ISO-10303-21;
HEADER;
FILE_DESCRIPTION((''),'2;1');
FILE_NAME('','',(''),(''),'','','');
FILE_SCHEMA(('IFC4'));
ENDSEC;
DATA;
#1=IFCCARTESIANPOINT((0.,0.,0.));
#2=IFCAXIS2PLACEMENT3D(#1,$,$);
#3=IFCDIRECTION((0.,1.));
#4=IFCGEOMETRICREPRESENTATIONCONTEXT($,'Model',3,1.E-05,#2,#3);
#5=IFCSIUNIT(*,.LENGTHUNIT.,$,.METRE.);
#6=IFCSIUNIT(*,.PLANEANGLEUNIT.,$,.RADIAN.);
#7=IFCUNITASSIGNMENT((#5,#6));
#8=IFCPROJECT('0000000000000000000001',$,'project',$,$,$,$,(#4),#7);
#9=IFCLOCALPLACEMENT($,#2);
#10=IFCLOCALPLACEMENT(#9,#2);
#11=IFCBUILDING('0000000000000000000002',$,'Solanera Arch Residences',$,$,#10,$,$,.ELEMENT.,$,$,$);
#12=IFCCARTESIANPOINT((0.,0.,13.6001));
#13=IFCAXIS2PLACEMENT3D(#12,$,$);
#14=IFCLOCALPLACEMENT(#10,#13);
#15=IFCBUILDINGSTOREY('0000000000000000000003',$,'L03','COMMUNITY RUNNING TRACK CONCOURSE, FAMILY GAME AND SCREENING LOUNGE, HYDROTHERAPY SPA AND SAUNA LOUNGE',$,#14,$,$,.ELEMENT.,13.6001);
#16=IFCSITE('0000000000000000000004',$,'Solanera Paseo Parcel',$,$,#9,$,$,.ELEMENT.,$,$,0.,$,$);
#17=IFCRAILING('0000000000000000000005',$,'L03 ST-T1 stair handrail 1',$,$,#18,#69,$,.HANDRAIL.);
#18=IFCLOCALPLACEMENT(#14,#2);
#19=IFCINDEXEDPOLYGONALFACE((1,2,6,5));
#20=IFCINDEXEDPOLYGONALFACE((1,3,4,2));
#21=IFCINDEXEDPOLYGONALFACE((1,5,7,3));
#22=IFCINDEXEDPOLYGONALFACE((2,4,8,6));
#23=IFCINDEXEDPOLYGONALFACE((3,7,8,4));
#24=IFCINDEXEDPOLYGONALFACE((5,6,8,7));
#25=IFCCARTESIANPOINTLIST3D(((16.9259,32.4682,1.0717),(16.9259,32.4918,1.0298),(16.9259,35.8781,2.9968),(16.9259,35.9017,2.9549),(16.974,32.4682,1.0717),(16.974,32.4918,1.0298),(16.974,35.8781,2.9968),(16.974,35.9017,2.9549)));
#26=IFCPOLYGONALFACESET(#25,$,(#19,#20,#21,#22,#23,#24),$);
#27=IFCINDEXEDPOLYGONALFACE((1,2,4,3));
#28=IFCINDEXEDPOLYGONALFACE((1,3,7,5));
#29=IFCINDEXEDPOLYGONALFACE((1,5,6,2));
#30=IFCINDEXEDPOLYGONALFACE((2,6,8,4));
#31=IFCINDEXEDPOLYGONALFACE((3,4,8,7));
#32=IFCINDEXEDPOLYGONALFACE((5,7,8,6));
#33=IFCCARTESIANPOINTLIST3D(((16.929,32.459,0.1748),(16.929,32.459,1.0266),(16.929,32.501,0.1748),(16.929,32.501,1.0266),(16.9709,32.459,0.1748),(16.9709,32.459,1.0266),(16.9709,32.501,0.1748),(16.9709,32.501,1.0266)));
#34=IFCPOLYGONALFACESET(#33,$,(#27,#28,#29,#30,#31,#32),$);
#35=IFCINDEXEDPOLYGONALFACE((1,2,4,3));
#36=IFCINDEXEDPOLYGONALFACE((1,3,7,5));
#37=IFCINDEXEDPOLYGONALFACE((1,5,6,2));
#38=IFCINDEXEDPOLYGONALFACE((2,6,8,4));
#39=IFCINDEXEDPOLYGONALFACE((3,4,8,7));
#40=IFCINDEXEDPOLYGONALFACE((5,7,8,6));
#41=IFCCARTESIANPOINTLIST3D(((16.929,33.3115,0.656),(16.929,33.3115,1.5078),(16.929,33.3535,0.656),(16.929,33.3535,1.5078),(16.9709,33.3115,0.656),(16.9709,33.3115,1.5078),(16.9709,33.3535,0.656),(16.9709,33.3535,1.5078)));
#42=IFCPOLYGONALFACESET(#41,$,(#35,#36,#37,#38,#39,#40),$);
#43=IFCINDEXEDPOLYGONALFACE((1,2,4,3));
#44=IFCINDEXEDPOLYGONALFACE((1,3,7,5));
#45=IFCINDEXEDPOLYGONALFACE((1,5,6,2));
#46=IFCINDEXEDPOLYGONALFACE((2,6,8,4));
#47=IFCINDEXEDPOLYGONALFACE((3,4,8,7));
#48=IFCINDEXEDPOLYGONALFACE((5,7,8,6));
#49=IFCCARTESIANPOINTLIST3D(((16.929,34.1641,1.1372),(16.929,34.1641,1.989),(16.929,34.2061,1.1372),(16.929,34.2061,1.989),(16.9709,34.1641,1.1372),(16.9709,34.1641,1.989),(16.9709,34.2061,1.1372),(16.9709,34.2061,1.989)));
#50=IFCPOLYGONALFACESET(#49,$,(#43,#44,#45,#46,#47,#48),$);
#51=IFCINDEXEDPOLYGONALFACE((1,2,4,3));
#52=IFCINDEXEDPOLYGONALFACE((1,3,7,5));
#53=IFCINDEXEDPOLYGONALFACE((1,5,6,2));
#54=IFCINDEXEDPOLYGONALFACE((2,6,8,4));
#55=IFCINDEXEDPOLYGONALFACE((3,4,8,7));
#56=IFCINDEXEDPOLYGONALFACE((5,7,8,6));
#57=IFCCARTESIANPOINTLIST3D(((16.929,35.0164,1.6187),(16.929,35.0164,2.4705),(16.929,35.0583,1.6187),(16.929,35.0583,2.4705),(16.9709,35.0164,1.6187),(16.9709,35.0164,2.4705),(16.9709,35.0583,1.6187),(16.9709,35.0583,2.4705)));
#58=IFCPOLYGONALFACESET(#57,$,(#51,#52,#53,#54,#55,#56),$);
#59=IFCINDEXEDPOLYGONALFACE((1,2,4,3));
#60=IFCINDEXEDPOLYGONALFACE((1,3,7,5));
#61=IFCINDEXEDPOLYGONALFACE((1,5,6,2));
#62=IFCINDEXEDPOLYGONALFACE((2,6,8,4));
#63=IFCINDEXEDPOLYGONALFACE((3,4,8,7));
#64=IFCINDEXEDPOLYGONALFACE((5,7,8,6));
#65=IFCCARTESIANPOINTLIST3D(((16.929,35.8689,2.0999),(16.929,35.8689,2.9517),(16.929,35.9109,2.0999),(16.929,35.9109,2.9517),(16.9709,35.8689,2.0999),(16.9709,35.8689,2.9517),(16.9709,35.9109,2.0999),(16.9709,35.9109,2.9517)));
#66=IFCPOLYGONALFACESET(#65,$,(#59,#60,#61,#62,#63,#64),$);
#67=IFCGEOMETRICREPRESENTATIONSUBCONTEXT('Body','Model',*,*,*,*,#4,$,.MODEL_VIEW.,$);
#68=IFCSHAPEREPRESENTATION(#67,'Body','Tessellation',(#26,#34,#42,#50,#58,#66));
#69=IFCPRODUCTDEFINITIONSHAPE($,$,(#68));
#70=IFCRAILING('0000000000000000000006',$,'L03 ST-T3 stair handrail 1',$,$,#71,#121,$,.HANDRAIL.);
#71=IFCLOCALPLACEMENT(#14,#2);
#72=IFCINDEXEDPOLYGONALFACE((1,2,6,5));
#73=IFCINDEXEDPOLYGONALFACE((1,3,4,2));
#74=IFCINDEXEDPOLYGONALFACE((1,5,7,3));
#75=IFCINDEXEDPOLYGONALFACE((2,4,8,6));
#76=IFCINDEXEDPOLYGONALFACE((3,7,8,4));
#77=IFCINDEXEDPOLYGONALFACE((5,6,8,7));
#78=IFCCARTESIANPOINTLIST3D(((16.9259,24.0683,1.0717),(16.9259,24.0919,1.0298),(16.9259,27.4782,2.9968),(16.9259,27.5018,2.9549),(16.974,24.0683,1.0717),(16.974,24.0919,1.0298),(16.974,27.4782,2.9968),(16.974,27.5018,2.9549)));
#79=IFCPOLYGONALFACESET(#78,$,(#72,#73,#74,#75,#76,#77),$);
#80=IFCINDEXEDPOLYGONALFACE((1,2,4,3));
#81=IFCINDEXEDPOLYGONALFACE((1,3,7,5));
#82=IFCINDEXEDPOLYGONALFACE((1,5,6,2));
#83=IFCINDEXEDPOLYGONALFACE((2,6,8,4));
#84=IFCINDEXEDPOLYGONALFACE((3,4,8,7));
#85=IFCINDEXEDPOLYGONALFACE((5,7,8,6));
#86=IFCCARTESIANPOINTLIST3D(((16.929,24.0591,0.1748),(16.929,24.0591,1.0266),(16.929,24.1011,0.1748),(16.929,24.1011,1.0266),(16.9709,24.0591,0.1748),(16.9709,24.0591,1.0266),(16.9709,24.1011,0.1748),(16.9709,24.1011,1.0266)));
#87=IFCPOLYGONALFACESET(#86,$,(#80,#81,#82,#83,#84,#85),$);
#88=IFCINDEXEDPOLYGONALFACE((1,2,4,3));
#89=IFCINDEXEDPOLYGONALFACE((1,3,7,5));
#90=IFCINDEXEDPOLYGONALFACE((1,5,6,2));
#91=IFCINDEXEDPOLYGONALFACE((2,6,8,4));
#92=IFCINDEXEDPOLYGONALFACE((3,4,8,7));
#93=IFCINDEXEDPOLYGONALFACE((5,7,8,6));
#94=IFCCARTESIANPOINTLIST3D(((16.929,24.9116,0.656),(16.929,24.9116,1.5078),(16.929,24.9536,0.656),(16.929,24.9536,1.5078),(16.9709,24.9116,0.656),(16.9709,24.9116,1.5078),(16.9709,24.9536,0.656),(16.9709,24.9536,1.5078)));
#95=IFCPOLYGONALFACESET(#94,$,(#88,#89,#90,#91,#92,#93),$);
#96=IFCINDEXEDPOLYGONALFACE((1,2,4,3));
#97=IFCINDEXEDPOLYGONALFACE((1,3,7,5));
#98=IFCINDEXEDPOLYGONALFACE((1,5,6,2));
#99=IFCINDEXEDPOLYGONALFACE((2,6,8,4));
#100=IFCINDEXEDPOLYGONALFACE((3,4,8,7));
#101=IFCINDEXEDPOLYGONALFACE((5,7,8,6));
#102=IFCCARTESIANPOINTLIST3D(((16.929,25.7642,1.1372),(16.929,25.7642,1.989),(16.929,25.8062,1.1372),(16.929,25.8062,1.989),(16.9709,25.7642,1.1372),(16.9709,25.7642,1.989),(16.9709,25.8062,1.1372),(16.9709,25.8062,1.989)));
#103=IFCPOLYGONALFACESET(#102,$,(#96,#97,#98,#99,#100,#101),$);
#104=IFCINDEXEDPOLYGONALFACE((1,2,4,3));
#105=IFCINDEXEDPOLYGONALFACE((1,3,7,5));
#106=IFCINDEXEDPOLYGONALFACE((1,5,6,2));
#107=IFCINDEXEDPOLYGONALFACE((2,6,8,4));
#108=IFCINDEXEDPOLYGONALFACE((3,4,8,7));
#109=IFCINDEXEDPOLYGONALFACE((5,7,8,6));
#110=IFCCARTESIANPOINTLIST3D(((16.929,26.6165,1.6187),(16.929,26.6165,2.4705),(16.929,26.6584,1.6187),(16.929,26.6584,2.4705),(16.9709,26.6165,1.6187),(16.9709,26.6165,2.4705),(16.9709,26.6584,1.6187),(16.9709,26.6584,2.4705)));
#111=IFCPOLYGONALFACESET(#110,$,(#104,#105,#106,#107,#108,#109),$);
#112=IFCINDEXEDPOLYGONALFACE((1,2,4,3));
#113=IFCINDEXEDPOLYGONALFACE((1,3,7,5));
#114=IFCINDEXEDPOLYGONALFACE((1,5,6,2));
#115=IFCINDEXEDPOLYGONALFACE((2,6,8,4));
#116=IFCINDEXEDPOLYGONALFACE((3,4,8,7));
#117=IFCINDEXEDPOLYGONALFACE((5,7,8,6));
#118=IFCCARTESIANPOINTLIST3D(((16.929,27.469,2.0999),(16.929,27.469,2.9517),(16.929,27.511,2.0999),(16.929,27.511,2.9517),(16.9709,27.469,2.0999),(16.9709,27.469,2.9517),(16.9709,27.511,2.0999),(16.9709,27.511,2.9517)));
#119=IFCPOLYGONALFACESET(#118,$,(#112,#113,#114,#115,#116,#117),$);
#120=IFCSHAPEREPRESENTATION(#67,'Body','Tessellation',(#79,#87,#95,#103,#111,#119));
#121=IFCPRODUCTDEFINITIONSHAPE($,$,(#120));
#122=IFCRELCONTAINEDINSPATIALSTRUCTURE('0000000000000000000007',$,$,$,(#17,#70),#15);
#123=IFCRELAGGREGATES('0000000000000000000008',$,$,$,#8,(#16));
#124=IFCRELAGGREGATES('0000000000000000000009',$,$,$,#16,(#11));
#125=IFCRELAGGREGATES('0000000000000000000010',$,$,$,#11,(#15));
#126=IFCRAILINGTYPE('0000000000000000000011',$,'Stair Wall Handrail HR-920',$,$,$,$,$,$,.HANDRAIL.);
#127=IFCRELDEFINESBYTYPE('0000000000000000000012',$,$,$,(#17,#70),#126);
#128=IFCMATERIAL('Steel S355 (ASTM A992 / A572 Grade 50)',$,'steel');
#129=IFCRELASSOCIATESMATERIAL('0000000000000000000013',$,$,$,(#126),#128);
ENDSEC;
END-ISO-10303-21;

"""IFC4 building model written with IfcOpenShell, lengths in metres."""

from ifc_helpers import new_model, si_unit, direction, frame, origin, origin_2d, place, context, subcontext, project, spatial, rectangle, extrude, material, type_object, element, save


model = new_model("IFC4")

# Units and contexts
model_context = context("Model", 3, precision=1e-05, world=origin(), true_north=direction((0.0, 1.0)))
body_context = subcontext(model_context, "Body", "Model", "MODEL_VIEW")
ifc_project = project(units=[si_unit("LENGTHUNIT", "METRE"), si_unit("PLANEANGLEUNIT", "RADIAN")], contexts=[model_context])

# Site, building, storey
site_placement = place(None, origin())
site = spatial("IfcSite", under=ifc_project, at=site_placement, Name="Solanera Paseo Parcel", CompositionType="ELEMENT", RefElevation=0.0)
building_placement = place(site_placement, origin())
building = spatial("IfcBuilding", under=site, at=building_placement, Name="Solanera Arch Residences", CompositionType="ELEMENT")
storey_placement = place(building_placement, frame((0.0, 0.0, 13.6001)))
storey = spatial("IfcBuildingStorey", under=building, at=storey_placement, Name="L03", Description="COMMUNITY RUNNING TRACK CONCOURSE, FAMILY GAME AND SCREENING LOUNGE, HYDROTHERAPY SPA AND SAUNA LOUNGE", CompositionType="ELEMENT", Elevation=13.6001)

# Railings
ifc_material_1 = material(Name="Steel S355 (ASTM A992 / A572 Grade 50)", Category="steel")
railing_type_1 = type_object("IfcRailingType", Name="Stair Wall Handrail HR-920", PredefinedType="HANDRAIL", material=ifc_material_1)
for number, where, name in (
    (1, (16.95, 32.48, 0.1748), "L03 ST-T1 stair handrail 1"),
    (2, (16.95, 24.0801, 0.1748), "L03 ST-T3 stair handrail 1"),
):
    element("IfcRailing", number, at=place(storey_placement, frame(where)), inside=storey, type_object=railing_type_1, Name=name, PredefinedType="HANDRAIL", context=body_context, shape_type="SweptSolid", body=[
        extrude(rectangle(XDim=0.0481, YDim=0.0481, at=origin_2d()), frame((0.0, 0.0, 0.876), z_axis=(0.0, 0.870814, 0.491613), x_axis=(-1.0, 0.0, 0.0)), (0.0, 0.0, 1.0), 3.9158),
        extrude(rectangle(XDim=0.042, YDim=0.042, at=origin_2d()), origin(), (0.0, 0.0, 1.0), 0.8518),
        extrude(rectangle(XDim=0.042, YDim=0.042, at=origin_2d()), frame((0.0, 0.8525, 0.4812)), (0.0, 0.0, 1.0), 0.8518),
        extrude(rectangle(XDim=0.042, YDim=0.042, at=origin_2d()), frame((0.0, 1.7051, 0.9624)), (0.0, 0.0, 1.0), 0.8518),
        extrude(rectangle(XDim=0.042, YDim=0.042, at=origin_2d()), frame((0.0, 2.5574, 1.4438)), (0.0, 0.0, 1.0), 0.8518),
        extrude(rectangle(XDim=0.042, YDim=0.042, at=origin_2d()), frame((0.0, 3.4099, 1.925)), (0.0, 0.0, 1.0), 0.8518),
    ])

save(model, "model.ifc")
